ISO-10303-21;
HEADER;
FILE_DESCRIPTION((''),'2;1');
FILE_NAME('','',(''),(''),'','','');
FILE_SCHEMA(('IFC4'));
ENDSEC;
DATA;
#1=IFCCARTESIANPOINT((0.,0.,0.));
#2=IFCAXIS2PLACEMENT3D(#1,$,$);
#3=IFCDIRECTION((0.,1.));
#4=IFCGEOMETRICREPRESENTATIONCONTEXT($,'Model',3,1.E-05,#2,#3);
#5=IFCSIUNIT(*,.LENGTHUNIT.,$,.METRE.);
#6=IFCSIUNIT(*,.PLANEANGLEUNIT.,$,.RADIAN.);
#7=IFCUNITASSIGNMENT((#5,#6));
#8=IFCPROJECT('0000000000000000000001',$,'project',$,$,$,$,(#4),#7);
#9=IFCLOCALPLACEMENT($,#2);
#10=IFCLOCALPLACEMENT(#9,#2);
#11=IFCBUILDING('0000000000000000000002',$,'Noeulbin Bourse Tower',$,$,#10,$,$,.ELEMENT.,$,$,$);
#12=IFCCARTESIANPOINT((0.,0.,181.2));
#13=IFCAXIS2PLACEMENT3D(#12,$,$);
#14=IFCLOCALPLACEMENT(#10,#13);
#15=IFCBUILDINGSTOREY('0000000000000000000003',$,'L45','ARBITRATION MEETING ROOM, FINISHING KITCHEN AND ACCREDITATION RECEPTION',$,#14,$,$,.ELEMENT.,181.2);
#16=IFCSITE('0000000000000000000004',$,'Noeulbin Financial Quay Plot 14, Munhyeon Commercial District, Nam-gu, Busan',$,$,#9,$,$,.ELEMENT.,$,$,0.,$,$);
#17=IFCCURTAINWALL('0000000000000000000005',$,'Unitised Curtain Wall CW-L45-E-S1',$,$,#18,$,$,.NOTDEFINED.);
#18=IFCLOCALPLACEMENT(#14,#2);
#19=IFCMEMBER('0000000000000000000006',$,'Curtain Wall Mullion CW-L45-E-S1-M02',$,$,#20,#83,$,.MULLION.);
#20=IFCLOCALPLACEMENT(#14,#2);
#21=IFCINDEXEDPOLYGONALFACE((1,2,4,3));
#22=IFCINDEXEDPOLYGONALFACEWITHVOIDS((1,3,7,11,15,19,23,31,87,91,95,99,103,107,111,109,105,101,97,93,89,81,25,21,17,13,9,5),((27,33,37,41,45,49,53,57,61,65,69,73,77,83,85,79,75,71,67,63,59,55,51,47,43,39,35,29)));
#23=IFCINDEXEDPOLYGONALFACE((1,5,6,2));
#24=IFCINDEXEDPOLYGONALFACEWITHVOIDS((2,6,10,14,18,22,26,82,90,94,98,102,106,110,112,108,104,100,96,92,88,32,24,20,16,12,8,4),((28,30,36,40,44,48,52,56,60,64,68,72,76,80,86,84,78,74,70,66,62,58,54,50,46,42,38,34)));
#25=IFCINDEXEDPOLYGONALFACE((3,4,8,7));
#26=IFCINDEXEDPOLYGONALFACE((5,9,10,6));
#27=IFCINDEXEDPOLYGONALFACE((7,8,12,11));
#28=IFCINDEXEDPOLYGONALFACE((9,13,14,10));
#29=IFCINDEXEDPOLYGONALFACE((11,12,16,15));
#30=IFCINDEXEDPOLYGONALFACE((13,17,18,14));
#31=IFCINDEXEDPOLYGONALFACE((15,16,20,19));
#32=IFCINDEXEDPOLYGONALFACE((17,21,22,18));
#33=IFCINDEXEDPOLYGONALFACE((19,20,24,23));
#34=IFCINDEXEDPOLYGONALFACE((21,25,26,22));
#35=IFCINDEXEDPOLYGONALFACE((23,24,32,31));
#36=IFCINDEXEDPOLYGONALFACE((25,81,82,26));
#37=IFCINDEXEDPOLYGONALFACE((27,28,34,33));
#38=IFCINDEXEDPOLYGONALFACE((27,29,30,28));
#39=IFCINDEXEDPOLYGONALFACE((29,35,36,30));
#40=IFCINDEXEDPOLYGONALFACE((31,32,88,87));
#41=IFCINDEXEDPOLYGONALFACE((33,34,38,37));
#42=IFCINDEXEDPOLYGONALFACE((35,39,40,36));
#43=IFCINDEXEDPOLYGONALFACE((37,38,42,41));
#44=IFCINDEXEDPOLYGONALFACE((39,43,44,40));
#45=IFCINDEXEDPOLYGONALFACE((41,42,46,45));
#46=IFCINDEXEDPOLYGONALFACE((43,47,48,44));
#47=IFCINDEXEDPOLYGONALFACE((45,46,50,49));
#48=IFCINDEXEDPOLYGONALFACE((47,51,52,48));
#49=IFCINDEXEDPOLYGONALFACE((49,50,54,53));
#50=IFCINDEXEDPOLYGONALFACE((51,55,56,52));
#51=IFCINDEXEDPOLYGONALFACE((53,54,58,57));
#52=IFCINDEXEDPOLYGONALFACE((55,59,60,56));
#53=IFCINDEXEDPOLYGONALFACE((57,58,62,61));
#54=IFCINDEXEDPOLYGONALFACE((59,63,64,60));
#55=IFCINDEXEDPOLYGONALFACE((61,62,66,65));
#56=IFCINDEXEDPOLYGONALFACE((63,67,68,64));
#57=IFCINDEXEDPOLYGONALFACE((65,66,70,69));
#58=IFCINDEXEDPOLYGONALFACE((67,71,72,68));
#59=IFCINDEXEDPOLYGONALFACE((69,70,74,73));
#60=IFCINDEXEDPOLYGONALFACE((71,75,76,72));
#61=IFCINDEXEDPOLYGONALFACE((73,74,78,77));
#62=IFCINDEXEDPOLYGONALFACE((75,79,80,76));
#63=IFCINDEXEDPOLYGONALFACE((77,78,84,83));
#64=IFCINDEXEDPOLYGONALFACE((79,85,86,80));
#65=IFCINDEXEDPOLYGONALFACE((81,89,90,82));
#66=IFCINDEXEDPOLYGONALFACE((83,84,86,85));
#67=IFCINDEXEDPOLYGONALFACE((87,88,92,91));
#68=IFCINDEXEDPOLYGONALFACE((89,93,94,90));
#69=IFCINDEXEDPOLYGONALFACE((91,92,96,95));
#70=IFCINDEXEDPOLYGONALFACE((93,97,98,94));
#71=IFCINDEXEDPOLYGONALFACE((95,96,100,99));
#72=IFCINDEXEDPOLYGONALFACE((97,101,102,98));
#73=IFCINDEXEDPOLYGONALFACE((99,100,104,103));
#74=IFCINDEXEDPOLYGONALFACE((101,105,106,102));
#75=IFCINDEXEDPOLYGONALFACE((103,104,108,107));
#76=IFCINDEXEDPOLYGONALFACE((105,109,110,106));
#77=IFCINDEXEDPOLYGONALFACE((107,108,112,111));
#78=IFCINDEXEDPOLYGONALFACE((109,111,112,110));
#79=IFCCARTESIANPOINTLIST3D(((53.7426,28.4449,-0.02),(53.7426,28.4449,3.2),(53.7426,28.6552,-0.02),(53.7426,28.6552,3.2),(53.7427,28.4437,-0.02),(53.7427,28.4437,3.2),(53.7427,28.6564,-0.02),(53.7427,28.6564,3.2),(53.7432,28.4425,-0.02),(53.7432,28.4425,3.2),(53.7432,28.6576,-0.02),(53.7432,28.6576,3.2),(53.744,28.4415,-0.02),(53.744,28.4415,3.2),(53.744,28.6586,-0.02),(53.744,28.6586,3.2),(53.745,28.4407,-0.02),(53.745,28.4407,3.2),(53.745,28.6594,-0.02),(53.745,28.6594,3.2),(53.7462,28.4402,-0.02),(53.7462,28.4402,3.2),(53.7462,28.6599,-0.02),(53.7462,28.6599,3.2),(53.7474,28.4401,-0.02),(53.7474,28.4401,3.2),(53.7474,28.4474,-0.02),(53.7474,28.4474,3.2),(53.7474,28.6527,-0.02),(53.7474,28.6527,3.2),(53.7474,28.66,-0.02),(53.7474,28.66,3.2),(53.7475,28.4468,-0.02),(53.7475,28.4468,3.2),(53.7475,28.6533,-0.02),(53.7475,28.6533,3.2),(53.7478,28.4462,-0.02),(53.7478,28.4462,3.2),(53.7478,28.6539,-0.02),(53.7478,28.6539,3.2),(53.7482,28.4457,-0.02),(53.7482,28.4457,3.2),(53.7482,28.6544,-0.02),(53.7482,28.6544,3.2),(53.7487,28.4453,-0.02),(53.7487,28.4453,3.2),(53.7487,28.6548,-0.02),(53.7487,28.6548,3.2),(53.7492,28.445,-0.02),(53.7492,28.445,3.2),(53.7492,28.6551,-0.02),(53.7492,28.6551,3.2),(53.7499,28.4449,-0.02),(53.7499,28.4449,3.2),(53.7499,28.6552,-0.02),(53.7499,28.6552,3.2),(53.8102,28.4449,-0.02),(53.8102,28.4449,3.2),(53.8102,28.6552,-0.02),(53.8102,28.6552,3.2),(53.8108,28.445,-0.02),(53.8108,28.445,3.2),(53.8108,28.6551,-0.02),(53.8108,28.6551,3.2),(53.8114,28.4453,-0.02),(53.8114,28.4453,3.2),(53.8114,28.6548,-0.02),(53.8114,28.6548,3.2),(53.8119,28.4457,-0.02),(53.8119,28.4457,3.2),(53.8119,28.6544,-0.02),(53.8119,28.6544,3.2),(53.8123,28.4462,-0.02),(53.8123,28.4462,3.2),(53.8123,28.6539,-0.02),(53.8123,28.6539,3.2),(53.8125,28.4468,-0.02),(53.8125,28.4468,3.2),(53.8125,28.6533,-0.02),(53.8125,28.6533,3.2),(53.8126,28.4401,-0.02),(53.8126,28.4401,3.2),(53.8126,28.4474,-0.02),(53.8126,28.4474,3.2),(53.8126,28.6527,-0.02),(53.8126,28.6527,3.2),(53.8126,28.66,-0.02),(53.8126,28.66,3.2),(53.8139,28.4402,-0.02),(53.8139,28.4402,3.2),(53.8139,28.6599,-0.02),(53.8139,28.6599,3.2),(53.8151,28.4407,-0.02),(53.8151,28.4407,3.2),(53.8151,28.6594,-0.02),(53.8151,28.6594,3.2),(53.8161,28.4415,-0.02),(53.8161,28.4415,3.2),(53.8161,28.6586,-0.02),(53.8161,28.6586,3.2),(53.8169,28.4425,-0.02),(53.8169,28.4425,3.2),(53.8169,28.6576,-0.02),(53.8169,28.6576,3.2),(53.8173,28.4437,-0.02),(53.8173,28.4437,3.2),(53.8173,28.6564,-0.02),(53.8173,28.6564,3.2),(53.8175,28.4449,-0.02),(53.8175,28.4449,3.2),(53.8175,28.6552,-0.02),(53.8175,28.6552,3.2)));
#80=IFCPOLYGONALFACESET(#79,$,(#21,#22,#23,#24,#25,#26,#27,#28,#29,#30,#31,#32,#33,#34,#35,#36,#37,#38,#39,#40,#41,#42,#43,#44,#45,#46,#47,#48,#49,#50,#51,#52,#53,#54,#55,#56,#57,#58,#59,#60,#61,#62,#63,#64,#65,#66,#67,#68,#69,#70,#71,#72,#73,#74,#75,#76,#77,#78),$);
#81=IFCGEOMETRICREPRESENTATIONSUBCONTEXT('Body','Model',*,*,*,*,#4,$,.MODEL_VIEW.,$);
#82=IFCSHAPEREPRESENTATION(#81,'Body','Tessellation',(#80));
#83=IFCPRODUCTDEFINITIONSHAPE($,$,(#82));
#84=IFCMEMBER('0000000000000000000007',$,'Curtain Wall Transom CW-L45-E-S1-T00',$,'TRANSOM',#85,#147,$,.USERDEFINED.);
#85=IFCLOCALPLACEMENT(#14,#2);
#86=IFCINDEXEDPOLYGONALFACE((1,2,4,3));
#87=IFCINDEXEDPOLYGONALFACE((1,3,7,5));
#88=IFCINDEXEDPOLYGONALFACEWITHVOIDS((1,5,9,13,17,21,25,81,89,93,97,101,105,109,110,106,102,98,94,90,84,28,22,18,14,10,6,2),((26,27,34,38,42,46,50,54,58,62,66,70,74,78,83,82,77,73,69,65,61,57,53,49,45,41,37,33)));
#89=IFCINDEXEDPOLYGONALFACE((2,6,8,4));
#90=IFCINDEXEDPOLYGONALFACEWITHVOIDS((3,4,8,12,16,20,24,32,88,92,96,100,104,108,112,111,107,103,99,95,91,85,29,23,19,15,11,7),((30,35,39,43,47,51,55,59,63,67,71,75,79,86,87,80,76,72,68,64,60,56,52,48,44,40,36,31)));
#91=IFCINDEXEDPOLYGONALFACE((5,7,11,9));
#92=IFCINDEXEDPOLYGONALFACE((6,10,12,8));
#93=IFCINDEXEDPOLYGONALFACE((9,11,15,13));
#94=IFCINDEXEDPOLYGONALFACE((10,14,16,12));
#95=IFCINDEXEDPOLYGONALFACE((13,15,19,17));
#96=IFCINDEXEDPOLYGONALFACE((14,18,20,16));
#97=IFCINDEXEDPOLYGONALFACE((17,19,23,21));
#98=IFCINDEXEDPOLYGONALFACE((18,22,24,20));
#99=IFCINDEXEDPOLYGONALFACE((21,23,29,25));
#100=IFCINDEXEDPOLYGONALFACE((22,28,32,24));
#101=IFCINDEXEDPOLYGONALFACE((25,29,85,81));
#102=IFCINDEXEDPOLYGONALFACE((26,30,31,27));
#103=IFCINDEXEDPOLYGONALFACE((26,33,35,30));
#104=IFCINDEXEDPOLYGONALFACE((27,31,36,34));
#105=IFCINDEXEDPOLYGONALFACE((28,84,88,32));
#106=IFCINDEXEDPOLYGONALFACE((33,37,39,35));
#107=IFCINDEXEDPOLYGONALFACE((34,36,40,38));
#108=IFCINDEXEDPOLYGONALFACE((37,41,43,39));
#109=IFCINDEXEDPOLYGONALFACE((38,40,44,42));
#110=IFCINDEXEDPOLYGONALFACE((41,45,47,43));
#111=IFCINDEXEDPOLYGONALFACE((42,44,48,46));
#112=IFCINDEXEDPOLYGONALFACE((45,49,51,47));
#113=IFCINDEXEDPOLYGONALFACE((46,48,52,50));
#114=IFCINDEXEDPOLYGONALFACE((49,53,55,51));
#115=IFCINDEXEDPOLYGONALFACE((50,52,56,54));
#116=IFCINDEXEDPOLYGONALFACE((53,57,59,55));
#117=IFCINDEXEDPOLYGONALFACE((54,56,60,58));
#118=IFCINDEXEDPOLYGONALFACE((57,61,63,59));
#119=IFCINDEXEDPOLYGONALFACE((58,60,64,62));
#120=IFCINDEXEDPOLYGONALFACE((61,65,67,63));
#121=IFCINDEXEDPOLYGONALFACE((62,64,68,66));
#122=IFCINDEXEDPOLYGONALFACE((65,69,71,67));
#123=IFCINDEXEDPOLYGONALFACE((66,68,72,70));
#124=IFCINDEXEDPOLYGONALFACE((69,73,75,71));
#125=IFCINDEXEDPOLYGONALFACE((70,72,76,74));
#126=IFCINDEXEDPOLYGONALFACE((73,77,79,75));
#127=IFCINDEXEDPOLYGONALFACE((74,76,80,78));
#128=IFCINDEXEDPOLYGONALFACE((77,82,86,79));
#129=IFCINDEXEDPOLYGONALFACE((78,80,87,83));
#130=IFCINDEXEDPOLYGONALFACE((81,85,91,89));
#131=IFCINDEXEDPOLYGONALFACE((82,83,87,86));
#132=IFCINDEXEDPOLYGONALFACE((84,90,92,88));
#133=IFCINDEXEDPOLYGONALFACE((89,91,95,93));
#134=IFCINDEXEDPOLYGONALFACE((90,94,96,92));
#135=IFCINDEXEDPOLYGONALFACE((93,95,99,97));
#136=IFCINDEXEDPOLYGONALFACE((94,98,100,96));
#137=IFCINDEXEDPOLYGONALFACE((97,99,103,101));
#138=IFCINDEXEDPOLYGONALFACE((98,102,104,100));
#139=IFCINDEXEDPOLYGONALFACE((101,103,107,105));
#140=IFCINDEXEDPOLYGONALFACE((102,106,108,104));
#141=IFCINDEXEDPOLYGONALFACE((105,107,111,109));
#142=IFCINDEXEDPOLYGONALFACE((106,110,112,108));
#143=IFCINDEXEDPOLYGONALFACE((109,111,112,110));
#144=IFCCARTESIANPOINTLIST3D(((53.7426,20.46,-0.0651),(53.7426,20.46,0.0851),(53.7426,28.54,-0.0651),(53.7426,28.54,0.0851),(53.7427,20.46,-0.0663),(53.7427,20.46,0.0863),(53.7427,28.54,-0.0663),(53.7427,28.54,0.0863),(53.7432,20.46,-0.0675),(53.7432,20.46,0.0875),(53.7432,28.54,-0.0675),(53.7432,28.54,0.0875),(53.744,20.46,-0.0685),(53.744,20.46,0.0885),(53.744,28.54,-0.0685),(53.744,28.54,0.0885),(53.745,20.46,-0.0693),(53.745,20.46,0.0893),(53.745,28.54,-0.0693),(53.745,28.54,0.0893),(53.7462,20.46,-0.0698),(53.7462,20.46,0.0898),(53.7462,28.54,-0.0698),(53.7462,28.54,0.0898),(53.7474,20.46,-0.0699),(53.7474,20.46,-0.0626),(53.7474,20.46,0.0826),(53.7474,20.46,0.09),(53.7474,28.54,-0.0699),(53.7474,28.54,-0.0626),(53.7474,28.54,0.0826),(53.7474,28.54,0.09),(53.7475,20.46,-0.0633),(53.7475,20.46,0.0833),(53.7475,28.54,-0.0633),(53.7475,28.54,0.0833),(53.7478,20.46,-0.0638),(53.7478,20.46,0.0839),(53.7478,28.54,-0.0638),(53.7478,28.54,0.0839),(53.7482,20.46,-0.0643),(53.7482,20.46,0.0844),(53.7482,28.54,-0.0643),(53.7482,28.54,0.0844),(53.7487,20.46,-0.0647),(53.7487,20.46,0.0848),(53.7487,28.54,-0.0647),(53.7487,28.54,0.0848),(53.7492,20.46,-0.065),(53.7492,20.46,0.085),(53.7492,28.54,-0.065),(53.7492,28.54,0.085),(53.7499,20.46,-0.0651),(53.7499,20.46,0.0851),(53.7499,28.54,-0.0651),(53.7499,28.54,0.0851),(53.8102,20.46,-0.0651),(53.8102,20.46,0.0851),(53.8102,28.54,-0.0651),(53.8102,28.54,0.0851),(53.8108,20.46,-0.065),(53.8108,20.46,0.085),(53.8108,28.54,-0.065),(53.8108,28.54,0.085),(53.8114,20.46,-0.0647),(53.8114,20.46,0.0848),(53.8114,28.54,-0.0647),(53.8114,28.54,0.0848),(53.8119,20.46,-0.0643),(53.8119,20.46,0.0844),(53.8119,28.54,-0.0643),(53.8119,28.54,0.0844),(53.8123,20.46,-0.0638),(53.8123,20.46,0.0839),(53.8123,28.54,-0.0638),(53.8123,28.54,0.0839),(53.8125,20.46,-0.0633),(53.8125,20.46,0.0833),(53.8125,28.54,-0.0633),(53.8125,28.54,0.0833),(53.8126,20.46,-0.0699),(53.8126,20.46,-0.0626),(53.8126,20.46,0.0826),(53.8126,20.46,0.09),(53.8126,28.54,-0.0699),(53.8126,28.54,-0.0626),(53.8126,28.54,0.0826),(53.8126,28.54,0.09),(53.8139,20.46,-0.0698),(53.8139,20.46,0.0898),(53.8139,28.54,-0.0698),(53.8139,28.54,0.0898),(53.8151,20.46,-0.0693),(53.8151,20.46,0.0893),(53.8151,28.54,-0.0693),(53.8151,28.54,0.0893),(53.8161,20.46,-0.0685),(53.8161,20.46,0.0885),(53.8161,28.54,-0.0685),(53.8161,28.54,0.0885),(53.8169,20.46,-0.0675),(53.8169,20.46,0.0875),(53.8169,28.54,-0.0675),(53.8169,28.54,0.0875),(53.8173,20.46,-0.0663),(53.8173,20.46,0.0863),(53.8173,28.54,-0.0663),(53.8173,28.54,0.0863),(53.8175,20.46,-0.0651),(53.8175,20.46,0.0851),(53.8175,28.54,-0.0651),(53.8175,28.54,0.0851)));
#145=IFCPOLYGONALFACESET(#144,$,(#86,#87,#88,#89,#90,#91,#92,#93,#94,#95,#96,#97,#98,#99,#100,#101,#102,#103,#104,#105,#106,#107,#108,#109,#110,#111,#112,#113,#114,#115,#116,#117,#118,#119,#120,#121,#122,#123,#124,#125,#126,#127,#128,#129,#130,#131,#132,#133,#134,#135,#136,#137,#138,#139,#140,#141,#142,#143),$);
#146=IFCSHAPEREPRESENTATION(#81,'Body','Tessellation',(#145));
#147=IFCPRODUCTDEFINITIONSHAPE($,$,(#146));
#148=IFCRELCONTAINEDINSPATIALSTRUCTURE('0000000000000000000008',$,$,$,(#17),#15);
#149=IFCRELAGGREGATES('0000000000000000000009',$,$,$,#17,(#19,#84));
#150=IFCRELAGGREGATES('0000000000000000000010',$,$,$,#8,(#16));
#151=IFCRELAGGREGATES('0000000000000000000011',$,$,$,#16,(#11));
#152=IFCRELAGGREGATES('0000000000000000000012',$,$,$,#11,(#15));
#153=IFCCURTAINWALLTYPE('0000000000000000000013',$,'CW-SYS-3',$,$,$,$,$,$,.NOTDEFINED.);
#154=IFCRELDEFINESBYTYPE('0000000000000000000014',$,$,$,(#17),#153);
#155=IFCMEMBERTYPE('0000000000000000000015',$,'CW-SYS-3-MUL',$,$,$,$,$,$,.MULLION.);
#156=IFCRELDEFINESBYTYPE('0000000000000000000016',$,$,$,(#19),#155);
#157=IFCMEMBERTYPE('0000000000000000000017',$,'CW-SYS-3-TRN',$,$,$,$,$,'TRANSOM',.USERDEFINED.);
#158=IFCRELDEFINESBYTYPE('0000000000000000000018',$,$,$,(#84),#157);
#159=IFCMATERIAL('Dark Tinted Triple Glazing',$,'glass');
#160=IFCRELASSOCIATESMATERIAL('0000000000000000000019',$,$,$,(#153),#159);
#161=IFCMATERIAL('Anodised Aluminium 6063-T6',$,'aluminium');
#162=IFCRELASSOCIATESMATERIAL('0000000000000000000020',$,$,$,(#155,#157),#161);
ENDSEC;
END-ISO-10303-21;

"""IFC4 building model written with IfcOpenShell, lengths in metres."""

from ifc_helpers import new_model, si_unit, direction, frame, origin, origin_2d, place, context, subcontext, project, spatial, hollow_rectangle, extrude, material, material_profile, profile_set, type_object, element, aggregate, save


model = new_model("IFC4")

# Units and contexts
model_context = context("Model", 3, precision=1e-05, world=origin(), true_north=direction((0.0, 1.0)))
body_context = subcontext(model_context, "Body", "Model", "MODEL_VIEW")
ifc_project = project(units=[si_unit("LENGTHUNIT", "METRE"), si_unit("PLANEANGLEUNIT", "RADIAN")], contexts=[model_context])

# Site, building, storey
site_placement = place(None, origin())
site = spatial("IfcSite", under=ifc_project, at=site_placement, Name="Noeulbin Financial Quay Plot 14, Munhyeon Commercial District, Nam-gu, Busan", CompositionType="ELEMENT", RefElevation=0.0)
building_placement = place(site_placement, origin())
building = spatial("IfcBuilding", under=site, at=building_placement, Name="Noeulbin Bourse Tower", CompositionType="ELEMENT")
storey_placement = place(building_placement, frame((0.0, 0.0, 181.2)))
storey = spatial("IfcBuildingStorey", under=building, at=storey_placement, Name="L45", Description="ARBITRATION MEETING ROOM, FINISHING KITCHEN AND ACCREDITATION RECEPTION", CompositionType="ELEMENT", Elevation=181.2)

# Curtain wall, members
ifc_material_1 = material(Name="Dark Tinted Triple Glazing", Category="glass")
curtain_wall_type = type_object("IfcCurtainWallType", Name="CW-SYS-3", PredefinedType="NOTDEFINED", material=ifc_material_1)
curtain_wall_placement = place(storey_placement, origin())
curtain_wall = element("IfcCurtainWall", 1, at=curtain_wall_placement, inside=storey, type_object=curtain_wall_type, Name="Unitised Curtain Wall CW-L45-E-S1", PredefinedType="NOTDEFINED")
ifc_material_2 = material(Name="Anodised Aluminium 6063-T6", Category="aluminium")
ifc_material_profile_1 = material_profile(ifc_material_2, hollow_rectangle(XDim=0.075, YDim=0.22, WallThickness=0.0049, InnerFilletRadius=0.0024, OuterFilletRadius=0.0049, at=origin_2d()), Name="ALU-MULL-75x220x5", Category="LoadBearing")
ifc_profile_set_1 = profile_set([ifc_material_profile_1], Name="Anodised Aluminium 6063-T6")
member_type_1 = type_object("IfcMemberType", Name="CW-SYS-3-MUL", PredefinedType="MULLION", material=ifc_profile_set_1)
member_1_placement = place(storey_placement, frame((53.78, 28.55, -0.02), z_axis=(0.0, 0.0, 1.0), x_axis=(1.0, 0.0, 0.0)))
member_1 = element("IfcMember", 2, at=member_1_placement, type_object=member_type_1, Name="Curtain Wall Mullion CW-L45-E-S1-M02", PredefinedType="MULLION", context=body_context, shape_type="SweptSolid", body=[
    extrude(hollow_rectangle(XDim=0.075, YDim=0.22, WallThickness=0.0049, InnerFilletRadius=0.0024, OuterFilletRadius=0.0049, at=origin_2d()), origin(), (0.0, 0.0, 1.0), 3.22),
])
ifc_material_profile_2 = material_profile(ifc_material_2, hollow_rectangle(XDim=0.075, YDim=0.1599, WallThickness=0.0049, InnerFilletRadius=0.0024, OuterFilletRadius=0.0049, at=origin_2d()), Name="ALU-TRAN-75x160x5", Category="LoadBearing")
ifc_profile_set_2 = profile_set([ifc_material_profile_2], Name="Anodised Aluminium 6063-T6")
member_type_2 = type_object("IfcMemberType", Name="CW-SYS-3-TRN", ElementType="TRANSOM", PredefinedType="USERDEFINED", material=ifc_profile_set_2)
member_2_placement = place(storey_placement, frame((53.78, 20.46, 0.01), z_axis=(0.0, 1.0, 0.0), x_axis=(-1.0, 0.0, 0.0)))
member_2 = element("IfcMember", 3, at=member_2_placement, type_object=member_type_2, Name="Curtain Wall Transom CW-L45-E-S1-T00", ObjectType="TRANSOM", PredefinedType="USERDEFINED", context=body_context, shape_type="SweptSolid", body=[
    extrude(hollow_rectangle(XDim=0.075, YDim=0.1599, WallThickness=0.0049, InnerFilletRadius=0.0024, OuterFilletRadius=0.0049, at=origin_2d()), origin(), (0.0, 0.0, 1.0), 8.0801),
])
aggregate(curtain_wall, [member_1, member_2])

save(model, "model.ifc")
